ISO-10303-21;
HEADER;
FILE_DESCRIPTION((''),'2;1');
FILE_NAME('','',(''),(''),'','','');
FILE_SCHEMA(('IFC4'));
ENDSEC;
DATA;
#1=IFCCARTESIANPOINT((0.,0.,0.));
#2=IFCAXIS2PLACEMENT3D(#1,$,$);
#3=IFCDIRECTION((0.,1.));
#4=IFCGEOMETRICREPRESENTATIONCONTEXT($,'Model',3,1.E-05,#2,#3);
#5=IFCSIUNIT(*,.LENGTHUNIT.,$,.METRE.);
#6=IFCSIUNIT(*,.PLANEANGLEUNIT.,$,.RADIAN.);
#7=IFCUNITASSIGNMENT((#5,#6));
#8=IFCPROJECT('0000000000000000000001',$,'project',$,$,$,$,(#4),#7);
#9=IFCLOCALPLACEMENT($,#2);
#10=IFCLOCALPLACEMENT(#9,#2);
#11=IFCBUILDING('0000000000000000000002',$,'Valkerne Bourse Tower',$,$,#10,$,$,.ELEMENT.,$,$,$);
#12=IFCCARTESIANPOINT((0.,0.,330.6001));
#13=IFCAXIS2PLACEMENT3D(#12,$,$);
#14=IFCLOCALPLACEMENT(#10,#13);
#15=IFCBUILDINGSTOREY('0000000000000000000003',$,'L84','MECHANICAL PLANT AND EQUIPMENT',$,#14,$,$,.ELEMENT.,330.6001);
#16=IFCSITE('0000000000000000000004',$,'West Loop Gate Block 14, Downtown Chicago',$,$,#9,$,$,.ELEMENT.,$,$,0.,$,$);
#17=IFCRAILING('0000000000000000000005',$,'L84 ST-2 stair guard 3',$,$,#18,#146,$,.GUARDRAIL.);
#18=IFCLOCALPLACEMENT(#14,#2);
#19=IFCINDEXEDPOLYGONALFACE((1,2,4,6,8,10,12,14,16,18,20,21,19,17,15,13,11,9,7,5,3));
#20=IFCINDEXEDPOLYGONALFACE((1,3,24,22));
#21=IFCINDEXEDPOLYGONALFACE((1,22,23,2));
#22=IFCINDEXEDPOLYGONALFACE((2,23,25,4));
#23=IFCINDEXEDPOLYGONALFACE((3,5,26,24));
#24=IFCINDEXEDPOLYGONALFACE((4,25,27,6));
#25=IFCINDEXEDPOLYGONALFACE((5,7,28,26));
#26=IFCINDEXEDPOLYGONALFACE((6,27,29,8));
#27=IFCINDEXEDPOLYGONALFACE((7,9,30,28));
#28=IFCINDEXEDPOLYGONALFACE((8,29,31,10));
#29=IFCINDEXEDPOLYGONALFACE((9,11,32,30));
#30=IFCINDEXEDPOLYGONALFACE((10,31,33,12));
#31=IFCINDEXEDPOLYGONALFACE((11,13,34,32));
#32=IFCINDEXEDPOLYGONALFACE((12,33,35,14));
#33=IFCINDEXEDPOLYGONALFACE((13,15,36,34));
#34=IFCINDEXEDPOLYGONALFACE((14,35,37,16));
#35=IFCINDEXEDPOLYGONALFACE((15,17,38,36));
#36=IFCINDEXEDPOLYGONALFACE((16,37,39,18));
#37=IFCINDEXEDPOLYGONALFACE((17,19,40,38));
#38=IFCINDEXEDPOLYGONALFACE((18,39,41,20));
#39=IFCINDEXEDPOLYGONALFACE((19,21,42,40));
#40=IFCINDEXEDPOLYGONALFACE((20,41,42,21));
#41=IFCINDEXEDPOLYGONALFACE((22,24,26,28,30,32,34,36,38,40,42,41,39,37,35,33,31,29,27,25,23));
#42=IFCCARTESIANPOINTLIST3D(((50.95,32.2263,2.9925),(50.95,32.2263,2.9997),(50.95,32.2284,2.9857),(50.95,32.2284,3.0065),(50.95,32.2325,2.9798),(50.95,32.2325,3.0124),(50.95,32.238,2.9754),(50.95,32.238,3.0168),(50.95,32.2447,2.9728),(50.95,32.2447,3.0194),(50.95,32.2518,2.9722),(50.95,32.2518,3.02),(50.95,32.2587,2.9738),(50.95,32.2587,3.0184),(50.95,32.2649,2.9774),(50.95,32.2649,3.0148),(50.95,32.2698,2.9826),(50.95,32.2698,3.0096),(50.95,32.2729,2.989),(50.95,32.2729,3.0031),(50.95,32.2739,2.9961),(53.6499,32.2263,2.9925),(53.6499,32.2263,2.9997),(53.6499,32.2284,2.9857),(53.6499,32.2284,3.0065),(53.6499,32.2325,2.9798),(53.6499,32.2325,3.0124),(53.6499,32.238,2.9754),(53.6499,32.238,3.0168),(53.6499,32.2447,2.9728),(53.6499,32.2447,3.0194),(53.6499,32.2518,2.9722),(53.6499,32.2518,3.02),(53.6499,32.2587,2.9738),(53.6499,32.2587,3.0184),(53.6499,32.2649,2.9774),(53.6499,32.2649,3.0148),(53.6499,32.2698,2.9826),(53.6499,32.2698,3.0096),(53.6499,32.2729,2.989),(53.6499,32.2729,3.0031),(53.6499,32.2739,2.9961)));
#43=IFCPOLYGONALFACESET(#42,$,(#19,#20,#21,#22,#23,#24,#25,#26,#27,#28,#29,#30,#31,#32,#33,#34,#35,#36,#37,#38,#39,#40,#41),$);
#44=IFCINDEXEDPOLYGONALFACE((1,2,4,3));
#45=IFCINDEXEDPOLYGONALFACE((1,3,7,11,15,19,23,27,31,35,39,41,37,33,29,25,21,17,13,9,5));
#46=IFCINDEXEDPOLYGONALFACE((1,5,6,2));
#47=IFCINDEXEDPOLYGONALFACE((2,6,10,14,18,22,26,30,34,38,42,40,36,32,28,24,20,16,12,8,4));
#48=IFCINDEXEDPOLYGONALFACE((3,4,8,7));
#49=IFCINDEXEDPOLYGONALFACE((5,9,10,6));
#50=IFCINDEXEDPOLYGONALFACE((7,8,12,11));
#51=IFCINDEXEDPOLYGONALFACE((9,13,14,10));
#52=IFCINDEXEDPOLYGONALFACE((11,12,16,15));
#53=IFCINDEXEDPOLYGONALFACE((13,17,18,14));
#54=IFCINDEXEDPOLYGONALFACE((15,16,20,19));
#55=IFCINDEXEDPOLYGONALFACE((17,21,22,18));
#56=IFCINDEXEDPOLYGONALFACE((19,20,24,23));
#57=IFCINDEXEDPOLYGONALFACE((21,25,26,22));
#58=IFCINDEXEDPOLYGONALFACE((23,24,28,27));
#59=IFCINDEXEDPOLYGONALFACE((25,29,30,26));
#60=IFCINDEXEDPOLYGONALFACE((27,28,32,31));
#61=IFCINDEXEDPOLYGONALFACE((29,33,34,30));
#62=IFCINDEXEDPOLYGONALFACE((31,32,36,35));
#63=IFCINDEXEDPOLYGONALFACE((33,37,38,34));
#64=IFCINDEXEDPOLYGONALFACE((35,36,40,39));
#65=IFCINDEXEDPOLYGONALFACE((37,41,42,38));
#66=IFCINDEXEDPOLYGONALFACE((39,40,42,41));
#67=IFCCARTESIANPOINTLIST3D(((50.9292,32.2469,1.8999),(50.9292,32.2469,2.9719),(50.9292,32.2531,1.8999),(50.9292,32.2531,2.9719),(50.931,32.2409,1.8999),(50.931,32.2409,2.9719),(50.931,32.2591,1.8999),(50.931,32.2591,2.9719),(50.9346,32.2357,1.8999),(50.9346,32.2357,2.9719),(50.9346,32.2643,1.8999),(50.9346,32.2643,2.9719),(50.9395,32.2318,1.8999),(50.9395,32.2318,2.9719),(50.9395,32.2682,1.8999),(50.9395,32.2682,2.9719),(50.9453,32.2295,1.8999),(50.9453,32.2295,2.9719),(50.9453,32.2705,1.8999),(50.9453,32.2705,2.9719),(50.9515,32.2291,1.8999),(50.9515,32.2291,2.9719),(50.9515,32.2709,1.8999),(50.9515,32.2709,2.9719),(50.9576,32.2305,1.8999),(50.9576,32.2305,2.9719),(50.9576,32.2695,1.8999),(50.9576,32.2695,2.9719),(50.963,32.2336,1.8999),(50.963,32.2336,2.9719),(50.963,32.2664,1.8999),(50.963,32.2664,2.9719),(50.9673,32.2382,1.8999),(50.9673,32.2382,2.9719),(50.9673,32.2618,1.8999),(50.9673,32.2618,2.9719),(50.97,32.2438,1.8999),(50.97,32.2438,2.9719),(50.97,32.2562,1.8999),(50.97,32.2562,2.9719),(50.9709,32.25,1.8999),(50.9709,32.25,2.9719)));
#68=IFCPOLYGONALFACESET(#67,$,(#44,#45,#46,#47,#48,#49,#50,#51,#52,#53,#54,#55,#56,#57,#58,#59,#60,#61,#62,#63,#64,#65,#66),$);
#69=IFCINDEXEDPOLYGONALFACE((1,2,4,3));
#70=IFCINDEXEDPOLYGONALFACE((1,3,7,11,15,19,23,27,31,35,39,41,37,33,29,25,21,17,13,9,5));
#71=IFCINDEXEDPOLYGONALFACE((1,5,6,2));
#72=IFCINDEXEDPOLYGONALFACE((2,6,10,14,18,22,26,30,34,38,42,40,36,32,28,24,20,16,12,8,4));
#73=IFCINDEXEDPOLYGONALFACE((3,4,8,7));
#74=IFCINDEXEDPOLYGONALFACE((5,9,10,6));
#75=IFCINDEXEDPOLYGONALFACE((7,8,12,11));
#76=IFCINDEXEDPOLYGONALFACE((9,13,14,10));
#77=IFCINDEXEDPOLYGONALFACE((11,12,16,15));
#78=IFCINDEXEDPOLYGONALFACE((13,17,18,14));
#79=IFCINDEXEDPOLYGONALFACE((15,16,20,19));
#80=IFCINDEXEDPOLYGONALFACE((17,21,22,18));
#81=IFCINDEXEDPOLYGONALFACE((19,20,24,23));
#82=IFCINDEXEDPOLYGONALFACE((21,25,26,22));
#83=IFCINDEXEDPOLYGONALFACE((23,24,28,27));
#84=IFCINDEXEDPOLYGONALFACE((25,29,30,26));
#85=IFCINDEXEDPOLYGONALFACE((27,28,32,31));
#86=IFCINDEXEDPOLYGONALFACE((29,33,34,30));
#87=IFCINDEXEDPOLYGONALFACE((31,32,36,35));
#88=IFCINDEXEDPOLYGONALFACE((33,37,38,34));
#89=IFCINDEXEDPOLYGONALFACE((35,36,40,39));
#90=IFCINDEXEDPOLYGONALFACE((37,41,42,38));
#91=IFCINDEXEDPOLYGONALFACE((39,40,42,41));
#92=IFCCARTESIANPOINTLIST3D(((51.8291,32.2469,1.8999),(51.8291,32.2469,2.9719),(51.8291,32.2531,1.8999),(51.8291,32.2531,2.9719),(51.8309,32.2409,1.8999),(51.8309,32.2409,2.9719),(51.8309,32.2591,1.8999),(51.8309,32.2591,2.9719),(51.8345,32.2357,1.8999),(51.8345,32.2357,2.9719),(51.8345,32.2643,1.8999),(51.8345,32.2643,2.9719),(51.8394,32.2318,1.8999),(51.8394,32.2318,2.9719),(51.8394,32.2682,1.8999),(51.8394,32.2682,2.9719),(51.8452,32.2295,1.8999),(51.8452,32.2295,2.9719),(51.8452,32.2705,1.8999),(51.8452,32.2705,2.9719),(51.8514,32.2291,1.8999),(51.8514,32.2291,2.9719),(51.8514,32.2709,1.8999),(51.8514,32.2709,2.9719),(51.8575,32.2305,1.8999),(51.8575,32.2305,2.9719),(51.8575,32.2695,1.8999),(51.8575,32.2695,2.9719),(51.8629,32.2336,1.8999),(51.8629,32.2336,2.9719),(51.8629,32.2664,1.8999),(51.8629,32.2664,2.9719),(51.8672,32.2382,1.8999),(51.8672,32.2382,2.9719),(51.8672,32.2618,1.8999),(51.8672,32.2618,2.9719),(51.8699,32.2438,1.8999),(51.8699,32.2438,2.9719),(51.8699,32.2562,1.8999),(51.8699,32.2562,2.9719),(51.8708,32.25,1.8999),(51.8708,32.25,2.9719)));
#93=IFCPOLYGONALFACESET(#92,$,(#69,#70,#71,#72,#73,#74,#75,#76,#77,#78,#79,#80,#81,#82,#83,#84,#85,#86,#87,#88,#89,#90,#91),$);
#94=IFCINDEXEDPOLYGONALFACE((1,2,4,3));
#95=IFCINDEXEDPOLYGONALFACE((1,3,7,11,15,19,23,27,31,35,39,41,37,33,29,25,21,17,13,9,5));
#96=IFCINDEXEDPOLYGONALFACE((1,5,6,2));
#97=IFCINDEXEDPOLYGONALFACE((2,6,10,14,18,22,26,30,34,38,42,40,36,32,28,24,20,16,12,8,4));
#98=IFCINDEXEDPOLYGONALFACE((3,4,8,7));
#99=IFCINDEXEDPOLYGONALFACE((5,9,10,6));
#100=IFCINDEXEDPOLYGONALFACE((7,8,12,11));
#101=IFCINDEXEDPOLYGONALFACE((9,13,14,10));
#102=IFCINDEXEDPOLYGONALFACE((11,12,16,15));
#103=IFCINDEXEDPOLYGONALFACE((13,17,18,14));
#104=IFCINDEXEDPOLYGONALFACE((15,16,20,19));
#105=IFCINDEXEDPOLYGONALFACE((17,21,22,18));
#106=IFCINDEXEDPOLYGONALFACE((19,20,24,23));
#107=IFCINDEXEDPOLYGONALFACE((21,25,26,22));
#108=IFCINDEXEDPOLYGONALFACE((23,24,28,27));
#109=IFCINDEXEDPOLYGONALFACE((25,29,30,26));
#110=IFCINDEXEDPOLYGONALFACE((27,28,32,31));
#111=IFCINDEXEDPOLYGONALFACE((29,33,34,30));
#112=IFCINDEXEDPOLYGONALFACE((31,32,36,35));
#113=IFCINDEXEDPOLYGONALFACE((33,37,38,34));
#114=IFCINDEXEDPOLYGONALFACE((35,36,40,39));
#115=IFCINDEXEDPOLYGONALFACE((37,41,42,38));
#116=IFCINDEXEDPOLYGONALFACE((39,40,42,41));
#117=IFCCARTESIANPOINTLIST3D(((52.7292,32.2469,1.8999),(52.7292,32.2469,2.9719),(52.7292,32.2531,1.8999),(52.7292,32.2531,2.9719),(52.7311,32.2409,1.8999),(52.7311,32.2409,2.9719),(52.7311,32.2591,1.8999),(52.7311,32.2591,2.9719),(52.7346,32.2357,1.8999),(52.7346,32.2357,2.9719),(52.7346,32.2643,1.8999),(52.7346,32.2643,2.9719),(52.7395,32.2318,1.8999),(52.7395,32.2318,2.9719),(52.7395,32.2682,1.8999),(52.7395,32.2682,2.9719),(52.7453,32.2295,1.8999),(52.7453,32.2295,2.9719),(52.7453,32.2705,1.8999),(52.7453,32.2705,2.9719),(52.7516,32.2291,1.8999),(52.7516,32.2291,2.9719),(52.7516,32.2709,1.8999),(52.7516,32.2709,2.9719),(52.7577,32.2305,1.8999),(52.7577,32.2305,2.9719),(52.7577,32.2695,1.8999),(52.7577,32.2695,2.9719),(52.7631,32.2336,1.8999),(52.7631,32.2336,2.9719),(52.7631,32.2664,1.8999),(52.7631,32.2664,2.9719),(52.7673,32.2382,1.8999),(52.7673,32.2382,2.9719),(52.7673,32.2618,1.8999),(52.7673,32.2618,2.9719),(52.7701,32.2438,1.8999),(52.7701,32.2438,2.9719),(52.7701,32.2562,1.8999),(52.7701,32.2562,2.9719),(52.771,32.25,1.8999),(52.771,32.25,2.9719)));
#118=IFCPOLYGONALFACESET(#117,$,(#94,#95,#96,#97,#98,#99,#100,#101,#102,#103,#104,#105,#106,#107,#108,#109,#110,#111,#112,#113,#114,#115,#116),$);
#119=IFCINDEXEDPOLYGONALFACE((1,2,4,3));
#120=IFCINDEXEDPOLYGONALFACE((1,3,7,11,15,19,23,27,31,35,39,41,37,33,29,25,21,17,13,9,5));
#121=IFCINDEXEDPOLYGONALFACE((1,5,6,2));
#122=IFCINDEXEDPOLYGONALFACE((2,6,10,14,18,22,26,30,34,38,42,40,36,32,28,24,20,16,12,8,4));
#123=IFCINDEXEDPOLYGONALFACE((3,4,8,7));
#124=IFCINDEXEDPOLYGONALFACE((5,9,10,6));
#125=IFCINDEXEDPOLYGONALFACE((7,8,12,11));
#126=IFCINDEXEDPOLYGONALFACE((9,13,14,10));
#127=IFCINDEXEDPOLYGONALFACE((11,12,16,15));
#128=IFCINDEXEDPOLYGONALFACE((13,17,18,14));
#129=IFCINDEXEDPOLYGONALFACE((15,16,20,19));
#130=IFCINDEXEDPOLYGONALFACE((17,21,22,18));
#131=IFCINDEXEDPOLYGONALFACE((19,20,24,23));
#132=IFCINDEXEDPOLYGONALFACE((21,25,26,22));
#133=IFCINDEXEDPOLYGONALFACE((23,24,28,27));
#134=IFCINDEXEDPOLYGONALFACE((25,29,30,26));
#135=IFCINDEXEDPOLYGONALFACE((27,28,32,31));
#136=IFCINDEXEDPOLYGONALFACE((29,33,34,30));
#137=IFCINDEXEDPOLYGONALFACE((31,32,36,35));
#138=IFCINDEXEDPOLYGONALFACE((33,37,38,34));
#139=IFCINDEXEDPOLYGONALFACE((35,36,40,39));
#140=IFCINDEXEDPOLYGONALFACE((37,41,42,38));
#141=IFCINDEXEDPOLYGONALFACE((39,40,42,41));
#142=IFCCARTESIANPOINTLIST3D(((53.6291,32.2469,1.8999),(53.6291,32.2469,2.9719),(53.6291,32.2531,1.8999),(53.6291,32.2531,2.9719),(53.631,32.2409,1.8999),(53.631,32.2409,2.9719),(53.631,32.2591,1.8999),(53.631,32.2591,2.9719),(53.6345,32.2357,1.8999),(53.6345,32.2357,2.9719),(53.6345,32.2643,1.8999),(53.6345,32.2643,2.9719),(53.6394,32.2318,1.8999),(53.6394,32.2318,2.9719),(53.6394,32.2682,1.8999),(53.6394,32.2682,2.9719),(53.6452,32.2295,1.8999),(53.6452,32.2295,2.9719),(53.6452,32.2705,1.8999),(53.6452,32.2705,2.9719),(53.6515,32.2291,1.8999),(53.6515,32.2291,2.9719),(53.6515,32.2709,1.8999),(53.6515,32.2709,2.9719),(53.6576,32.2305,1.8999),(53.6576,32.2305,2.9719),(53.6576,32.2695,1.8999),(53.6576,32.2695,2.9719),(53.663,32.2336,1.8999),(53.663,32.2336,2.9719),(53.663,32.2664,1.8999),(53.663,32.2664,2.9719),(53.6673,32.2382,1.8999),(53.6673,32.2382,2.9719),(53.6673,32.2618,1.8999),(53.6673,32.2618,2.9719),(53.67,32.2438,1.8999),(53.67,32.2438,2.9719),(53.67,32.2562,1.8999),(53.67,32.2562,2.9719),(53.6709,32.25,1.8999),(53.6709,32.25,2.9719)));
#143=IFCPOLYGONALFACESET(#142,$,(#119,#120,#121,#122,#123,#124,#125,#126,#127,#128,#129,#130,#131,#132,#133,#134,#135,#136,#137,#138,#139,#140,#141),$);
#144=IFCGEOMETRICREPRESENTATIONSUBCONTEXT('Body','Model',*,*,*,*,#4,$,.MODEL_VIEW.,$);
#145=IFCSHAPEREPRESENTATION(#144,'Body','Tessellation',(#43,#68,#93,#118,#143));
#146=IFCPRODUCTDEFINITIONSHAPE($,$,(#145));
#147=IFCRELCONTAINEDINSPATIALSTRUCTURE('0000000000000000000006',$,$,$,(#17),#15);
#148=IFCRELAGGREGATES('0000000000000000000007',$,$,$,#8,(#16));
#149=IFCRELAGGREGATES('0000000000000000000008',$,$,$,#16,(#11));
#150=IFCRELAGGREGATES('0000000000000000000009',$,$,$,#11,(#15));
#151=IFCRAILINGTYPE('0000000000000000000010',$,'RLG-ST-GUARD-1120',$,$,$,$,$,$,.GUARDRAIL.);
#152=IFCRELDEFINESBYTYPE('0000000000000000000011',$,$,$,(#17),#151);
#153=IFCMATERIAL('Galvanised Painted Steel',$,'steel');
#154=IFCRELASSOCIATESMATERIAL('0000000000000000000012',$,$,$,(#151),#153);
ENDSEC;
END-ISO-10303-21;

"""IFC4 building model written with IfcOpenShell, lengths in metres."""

from ifc_helpers import new_model, si_unit, direction, frame, origin, origin_2d, place, context, subcontext, project, spatial, circle, extrude, material, type_object, element, save


model = new_model("IFC4")

# Units and contexts
model_context = context("Model", 3, precision=1e-05, world=origin(), true_north=direction((0.0, 1.0)))
body_context = subcontext(model_context, "Body", "Model", "MODEL_VIEW")
ifc_project = project(units=[si_unit("LENGTHUNIT", "METRE"), si_unit("PLANEANGLEUNIT", "RADIAN")], contexts=[model_context])

# Site, building, storey
site_placement = place(None, origin())
site = spatial("IfcSite", under=ifc_project, at=site_placement, Name="West Loop Gate Block 14, Downtown Chicago", CompositionType="ELEMENT", RefElevation=0.0)
building_placement = place(site_placement, origin())
building = spatial("IfcBuilding", under=site, at=building_placement, Name="Valkerne Bourse Tower", CompositionType="ELEMENT")
storey_placement = place(building_placement, frame((0.0, 0.0, 330.6001)))
storey = spatial("IfcBuildingStorey", under=building, at=storey_placement, Name="L84", Description="MECHANICAL PLANT AND EQUIPMENT", CompositionType="ELEMENT", Elevation=330.6001)

# Railing
ifc_material_1 = material(Name="Galvanised Painted Steel", Category="steel")
railing_type = type_object("IfcRailingType", Name="RLG-ST-GUARD-1120", PredefinedType="GUARDRAIL", material=ifc_material_1)
railing_1_placement = place(storey_placement, frame((50.95, 32.25, 1.8999)))
element("IfcRailing", 1, at=railing_1_placement, inside=storey, type_object=railing_type, Name="L84 ST-2 stair guard 3", PredefinedType="GUARDRAIL", context=body_context, shape_type="SweptSolid", body=[
    extrude(circle(Radius=0.0239, at=origin_2d()), frame((0.0, 0.0, 1.0962), z_axis=(1.0, 0.0, 0.0), x_axis=(0.0, 1.0, 0.0)), (0.0, 0.0, 1.0), 2.7),
    extrude(circle(Radius=0.021, at=origin_2d()), origin(), (0.0, 0.0, 1.0), 1.072),
    extrude(circle(Radius=0.021, at=origin_2d()), frame((0.8999, 0.0, 0.0)), (0.0, 0.0, 1.0), 1.072),
    extrude(circle(Radius=0.021, at=origin_2d()), frame((1.8, 0.0, 0.0)), (0.0, 0.0, 1.0), 1.072),
    extrude(circle(Radius=0.021, at=origin_2d()), frame((2.7, 0.0, 0.0)), (0.0, 0.0, 1.0), 1.072),
])

save(model, "model.ifc")
